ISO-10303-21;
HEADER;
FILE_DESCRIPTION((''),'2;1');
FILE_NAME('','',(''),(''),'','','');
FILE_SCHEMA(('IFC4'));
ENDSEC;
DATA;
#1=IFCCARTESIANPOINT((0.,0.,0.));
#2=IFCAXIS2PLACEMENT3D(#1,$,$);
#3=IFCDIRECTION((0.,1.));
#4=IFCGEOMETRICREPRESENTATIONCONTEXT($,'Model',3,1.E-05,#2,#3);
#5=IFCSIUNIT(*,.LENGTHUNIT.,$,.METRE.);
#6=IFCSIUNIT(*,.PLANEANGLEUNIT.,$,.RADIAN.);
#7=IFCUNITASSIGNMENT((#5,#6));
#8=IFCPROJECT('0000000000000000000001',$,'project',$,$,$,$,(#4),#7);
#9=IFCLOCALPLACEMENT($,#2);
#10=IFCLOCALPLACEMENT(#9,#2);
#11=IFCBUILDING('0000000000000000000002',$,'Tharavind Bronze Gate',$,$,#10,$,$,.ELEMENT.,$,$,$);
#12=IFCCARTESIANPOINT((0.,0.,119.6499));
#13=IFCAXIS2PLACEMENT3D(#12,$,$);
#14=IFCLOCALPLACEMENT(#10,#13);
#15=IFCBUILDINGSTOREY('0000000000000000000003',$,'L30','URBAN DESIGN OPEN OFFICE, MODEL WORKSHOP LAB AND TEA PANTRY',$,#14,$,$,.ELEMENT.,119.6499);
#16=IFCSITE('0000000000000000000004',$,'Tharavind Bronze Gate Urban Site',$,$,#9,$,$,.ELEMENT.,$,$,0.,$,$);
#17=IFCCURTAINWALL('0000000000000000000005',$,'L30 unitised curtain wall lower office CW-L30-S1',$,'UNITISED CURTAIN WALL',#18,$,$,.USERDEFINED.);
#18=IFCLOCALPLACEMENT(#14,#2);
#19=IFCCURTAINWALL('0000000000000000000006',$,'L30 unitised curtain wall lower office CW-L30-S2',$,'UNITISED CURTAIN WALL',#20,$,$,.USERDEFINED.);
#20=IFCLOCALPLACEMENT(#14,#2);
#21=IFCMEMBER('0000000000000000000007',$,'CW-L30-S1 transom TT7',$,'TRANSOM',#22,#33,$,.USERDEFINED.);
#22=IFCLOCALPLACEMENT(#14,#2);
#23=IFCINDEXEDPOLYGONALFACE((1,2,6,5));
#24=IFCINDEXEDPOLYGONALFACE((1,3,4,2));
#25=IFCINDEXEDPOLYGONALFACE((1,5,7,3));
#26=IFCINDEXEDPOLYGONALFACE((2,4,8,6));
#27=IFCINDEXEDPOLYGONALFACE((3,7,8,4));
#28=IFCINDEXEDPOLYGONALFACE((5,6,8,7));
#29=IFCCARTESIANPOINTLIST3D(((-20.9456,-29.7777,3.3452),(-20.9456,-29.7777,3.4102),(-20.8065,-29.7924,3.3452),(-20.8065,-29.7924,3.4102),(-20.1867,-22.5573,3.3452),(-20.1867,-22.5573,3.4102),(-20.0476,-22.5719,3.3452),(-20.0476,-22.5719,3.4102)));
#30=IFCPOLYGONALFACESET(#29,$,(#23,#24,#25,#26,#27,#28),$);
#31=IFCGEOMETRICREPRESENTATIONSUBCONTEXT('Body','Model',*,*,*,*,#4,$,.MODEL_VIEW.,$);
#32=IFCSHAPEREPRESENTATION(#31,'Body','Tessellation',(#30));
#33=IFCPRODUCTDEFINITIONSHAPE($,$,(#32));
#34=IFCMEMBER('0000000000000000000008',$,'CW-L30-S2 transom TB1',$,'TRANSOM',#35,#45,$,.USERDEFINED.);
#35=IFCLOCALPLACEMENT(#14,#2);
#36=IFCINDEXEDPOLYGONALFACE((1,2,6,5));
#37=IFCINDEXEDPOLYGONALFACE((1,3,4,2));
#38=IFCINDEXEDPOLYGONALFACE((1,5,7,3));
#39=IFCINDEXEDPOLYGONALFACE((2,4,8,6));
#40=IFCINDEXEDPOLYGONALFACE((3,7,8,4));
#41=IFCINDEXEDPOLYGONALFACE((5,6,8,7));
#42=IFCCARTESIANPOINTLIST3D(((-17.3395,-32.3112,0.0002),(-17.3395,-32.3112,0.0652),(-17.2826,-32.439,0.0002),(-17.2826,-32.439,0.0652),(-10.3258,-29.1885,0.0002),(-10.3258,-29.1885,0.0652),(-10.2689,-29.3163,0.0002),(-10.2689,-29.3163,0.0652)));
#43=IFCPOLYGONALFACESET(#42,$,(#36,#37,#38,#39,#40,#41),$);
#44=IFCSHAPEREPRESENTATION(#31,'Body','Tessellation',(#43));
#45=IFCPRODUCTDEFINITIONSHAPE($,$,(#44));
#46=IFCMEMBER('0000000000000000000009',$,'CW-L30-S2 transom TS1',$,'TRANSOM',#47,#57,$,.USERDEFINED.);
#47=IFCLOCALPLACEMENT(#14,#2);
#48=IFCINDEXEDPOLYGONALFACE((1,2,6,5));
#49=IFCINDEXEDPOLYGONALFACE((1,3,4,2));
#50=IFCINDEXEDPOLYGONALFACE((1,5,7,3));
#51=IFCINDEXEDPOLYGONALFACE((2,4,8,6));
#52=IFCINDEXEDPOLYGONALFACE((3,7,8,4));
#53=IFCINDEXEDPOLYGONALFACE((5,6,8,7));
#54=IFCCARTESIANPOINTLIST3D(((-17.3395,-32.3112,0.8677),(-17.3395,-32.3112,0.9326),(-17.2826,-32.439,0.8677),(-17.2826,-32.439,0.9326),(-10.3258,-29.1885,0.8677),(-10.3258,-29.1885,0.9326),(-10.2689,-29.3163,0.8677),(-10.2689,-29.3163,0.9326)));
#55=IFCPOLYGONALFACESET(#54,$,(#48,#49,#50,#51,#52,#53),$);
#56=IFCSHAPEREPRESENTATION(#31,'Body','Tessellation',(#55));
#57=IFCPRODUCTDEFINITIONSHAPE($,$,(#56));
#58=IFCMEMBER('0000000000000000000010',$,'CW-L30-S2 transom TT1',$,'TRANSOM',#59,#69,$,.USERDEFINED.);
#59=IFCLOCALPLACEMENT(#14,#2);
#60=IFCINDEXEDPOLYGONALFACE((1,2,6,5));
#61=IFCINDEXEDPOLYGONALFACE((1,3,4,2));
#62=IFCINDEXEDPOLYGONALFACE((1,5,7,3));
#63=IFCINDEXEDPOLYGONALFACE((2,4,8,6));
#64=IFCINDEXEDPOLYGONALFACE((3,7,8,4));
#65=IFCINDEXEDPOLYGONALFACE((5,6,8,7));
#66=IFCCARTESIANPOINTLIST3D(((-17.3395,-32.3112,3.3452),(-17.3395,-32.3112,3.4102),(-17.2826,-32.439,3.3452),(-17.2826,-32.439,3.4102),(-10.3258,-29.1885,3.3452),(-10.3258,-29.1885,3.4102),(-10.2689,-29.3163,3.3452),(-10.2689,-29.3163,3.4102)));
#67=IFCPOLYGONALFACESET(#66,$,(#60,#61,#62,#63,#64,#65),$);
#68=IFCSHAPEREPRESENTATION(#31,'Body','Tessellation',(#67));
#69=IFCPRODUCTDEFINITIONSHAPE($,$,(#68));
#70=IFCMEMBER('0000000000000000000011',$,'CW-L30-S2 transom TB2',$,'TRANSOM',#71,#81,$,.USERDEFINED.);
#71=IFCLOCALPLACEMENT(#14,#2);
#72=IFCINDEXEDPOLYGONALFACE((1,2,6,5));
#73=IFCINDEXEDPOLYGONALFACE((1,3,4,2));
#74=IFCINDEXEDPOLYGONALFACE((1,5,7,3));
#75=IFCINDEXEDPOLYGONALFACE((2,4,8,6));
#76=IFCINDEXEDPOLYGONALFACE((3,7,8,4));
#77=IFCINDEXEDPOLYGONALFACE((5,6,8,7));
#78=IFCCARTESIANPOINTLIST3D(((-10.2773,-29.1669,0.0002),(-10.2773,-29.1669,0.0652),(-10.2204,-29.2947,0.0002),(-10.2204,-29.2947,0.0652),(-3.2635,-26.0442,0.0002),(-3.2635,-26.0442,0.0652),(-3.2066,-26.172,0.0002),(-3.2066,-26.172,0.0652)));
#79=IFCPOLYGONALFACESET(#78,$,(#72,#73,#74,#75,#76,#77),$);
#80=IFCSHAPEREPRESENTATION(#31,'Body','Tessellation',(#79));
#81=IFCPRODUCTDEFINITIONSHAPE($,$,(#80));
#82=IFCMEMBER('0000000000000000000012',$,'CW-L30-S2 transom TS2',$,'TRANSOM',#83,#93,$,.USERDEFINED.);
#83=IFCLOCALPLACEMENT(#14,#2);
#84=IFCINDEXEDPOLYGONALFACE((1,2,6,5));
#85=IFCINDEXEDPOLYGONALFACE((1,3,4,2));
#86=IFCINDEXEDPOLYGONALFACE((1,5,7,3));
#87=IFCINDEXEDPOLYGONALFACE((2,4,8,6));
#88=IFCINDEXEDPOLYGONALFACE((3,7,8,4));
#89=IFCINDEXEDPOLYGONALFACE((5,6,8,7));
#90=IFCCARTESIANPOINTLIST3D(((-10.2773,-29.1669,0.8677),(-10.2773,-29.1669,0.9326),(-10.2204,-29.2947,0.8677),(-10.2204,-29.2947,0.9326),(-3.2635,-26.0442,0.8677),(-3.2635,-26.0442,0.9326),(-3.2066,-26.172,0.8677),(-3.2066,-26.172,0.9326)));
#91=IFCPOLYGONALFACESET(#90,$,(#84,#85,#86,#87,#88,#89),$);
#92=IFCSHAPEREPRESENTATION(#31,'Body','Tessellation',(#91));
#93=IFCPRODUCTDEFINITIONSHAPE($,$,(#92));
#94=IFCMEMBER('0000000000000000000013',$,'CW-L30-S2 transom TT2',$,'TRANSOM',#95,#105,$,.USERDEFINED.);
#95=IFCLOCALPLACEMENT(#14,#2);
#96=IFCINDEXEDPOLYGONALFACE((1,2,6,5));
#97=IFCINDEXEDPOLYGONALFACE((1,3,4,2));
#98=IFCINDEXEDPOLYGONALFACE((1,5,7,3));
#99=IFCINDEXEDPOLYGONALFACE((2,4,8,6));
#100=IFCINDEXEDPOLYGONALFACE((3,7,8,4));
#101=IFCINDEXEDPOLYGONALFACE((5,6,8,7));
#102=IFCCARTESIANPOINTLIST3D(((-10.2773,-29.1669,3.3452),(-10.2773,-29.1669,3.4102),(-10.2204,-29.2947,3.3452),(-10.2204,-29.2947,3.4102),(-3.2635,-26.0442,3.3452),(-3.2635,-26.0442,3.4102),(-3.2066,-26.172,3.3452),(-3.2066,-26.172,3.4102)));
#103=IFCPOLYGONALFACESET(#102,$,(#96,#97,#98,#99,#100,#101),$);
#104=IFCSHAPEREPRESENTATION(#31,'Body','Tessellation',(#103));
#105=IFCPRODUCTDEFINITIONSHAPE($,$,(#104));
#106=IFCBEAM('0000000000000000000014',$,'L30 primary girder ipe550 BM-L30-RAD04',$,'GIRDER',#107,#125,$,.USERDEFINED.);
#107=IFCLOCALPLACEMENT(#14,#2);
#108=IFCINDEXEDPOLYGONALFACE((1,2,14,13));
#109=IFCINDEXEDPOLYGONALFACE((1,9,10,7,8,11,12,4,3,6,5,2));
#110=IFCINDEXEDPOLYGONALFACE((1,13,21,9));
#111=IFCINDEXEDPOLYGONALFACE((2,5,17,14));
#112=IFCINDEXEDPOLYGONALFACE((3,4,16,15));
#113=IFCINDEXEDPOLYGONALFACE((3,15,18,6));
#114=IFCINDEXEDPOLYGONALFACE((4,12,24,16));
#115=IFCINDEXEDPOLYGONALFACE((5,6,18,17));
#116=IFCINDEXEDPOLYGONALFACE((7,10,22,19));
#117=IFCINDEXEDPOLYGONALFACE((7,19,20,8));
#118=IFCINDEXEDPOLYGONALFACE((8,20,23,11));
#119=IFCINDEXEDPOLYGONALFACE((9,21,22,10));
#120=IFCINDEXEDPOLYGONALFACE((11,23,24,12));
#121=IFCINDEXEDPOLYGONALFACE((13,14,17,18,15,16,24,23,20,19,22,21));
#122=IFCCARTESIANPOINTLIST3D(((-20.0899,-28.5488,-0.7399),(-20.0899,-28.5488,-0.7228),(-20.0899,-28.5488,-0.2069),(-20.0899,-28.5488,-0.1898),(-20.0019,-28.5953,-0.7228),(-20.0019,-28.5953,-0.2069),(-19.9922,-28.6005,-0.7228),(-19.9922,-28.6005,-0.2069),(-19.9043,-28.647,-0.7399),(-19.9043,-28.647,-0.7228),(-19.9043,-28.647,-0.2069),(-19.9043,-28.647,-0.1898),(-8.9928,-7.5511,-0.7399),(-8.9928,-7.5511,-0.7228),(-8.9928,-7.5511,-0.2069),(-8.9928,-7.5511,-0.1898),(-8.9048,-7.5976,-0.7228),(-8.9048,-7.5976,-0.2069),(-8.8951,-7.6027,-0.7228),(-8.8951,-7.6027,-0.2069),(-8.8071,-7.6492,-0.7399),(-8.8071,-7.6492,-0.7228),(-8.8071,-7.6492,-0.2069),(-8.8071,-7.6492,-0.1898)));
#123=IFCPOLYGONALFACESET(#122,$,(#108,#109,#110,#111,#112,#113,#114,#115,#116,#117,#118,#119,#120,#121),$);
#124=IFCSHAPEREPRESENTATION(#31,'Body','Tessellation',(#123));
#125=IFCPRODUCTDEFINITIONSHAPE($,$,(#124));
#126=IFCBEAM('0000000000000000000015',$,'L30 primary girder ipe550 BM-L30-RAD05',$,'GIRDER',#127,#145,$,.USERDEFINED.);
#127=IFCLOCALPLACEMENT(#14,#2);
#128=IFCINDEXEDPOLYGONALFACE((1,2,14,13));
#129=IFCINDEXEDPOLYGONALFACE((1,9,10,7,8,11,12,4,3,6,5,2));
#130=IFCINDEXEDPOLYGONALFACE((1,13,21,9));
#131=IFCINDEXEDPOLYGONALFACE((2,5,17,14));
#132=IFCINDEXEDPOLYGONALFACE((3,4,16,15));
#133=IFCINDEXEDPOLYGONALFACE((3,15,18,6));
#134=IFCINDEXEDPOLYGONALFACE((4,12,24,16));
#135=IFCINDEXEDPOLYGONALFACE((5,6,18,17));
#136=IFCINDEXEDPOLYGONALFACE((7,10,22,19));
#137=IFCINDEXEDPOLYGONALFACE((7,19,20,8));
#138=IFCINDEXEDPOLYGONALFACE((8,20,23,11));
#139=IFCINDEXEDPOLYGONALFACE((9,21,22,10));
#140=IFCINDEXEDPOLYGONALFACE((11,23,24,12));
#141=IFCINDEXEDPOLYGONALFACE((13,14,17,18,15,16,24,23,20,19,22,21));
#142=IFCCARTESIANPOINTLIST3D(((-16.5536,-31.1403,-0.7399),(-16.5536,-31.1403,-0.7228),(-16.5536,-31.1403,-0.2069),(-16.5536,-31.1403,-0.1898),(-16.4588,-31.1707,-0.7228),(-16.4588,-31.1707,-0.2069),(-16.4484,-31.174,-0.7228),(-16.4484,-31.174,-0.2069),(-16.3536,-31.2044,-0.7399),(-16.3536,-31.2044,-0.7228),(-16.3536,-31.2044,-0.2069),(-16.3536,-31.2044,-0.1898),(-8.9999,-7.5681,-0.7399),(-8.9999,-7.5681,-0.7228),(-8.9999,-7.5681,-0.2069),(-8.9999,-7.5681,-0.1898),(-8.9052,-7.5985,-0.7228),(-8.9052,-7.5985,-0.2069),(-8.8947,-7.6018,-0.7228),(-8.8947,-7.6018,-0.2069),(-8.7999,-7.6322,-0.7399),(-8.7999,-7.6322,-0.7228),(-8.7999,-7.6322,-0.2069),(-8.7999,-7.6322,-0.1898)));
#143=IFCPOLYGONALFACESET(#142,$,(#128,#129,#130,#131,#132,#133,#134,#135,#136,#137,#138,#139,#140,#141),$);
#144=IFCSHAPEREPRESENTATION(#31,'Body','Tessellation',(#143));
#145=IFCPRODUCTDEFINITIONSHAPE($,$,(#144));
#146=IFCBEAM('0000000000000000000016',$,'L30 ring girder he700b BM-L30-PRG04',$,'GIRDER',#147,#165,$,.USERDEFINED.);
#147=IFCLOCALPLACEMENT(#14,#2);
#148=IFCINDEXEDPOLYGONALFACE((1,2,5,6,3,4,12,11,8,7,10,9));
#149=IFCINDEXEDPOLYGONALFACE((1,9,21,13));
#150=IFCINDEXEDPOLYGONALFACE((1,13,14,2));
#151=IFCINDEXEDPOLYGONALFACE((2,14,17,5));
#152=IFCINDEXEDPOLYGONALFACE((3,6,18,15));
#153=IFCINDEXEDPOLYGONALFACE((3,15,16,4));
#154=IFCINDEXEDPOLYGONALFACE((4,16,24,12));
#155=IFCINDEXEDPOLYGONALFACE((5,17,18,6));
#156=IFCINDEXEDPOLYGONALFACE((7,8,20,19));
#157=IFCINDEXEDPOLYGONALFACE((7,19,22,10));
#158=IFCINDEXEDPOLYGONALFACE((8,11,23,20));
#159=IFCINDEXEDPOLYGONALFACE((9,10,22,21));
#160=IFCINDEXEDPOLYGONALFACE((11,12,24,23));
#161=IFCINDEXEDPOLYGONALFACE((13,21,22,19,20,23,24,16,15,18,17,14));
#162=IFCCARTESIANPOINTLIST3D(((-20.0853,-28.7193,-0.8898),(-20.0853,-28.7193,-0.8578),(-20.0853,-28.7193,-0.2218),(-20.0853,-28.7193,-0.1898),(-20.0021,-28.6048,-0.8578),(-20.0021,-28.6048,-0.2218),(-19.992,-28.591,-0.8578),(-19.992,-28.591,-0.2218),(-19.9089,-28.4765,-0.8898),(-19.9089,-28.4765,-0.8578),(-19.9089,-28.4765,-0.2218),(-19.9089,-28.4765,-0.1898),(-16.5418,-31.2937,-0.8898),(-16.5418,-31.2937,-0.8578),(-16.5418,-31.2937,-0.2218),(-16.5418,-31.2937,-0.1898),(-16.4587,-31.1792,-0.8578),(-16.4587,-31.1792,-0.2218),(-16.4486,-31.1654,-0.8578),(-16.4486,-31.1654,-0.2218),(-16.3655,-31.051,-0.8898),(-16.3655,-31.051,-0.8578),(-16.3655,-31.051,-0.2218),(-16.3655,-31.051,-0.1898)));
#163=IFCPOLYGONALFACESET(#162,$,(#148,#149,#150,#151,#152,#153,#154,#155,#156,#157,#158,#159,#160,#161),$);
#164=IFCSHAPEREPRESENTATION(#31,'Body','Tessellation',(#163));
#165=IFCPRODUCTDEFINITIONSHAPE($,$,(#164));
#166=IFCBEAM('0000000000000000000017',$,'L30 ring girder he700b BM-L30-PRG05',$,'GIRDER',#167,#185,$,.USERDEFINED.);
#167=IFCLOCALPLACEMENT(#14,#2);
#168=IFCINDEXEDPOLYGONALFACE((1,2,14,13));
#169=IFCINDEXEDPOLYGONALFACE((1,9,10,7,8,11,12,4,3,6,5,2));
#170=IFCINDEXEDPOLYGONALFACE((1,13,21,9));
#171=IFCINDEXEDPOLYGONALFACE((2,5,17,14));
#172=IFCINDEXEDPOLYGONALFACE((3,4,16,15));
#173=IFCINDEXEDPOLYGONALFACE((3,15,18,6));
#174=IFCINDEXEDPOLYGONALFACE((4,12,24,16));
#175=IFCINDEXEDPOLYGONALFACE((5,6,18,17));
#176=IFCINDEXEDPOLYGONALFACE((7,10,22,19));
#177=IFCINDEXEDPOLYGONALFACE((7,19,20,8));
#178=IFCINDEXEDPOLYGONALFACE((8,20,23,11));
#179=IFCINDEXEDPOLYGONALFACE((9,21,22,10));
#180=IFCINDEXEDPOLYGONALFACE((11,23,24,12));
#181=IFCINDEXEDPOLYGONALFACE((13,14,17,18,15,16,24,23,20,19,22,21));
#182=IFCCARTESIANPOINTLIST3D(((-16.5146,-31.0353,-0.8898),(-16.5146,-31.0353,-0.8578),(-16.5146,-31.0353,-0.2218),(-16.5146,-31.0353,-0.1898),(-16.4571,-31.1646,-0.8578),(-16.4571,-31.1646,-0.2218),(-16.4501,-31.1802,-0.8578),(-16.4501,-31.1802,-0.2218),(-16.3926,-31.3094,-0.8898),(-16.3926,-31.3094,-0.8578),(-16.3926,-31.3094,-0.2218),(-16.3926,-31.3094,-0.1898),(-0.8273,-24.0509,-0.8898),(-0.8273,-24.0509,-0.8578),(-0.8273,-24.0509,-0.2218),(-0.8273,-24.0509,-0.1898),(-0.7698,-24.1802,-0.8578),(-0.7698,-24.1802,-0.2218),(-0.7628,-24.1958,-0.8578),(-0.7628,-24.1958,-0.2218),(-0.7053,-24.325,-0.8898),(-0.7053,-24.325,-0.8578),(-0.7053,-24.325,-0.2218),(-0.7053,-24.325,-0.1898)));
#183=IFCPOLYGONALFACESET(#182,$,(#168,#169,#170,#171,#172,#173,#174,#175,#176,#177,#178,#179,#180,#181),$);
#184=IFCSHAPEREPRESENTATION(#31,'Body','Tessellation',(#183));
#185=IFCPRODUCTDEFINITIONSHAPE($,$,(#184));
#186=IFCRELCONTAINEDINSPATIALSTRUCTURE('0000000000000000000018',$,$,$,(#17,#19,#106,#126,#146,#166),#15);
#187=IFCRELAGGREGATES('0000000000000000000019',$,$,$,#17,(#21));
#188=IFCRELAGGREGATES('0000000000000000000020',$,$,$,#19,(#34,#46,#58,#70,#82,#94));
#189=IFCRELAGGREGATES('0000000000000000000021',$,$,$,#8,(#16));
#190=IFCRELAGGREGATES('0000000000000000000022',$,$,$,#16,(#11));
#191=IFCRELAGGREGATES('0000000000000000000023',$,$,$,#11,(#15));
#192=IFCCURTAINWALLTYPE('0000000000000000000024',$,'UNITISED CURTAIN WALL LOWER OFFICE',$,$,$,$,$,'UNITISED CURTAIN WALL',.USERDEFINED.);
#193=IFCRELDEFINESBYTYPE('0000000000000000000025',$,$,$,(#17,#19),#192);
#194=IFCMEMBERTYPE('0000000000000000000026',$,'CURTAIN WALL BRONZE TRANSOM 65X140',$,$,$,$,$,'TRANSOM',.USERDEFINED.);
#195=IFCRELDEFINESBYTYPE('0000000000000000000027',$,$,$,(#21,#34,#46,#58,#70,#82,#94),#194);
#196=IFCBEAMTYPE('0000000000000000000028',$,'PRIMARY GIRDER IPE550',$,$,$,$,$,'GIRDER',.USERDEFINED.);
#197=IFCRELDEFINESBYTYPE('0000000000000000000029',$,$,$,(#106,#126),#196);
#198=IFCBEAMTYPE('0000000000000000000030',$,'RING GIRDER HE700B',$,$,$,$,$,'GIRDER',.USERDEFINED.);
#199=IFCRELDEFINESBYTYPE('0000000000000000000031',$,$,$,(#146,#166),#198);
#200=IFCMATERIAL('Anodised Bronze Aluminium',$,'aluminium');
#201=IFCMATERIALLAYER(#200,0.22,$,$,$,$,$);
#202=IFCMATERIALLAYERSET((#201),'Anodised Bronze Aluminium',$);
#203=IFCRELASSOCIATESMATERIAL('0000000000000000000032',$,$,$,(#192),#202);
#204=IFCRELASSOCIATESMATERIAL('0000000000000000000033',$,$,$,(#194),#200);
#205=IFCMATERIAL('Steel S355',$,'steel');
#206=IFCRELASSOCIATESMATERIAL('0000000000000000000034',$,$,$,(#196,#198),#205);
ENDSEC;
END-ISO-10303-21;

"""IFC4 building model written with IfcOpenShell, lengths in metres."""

from ifc_helpers import new_model, si_unit, direction, frame, origin, origin_2d, place, context, subcontext, project, spatial, rectangle, i_section, extrude, material, layer, layer_set, material_profile, profile_set, type_object, element, aggregate, save


model = new_model("IFC4")

# Units and contexts
model_context = context("Model", 3, precision=1e-05, world=origin(), true_north=direction((0.0, 1.0)))
body_context = subcontext(model_context, "Body", "Model", "MODEL_VIEW")
ifc_project = project(units=[si_unit("LENGTHUNIT", "METRE"), si_unit("PLANEANGLEUNIT", "RADIAN")], contexts=[model_context])

# Site, building, storey
site_placement = place(None, origin())
site = spatial("IfcSite", under=ifc_project, at=site_placement, Name="Tharavind Bronze Gate Urban Site", CompositionType="ELEMENT", RefElevation=0.0)
building_placement = place(site_placement, origin())
building = spatial("IfcBuilding", under=site, at=building_placement, Name="Tharavind Bronze Gate", CompositionType="ELEMENT")
storey_placement = place(building_placement, frame((0.0, 0.0, 119.6499)))
storey = spatial("IfcBuildingStorey", under=building, at=storey_placement, Name="L30", Description="URBAN DESIGN OPEN OFFICE, MODEL WORKSHOP LAB AND TEA PANTRY", CompositionType="ELEMENT", Elevation=119.6499)

# Curtain walls
ifc_material_1 = material(Name="Anodised Bronze Aluminium", Category="aluminium")
ifc_layer_1 = layer(ifc_material_1, 0.22)
ifc_layer_set_1 = layer_set([ifc_layer_1], Name="Anodised Bronze Aluminium")
curtain_wall_type = type_object("IfcCurtainWallType", Name="UNITISED CURTAIN WALL LOWER OFFICE", ElementType="UNITISED CURTAIN WALL", PredefinedType="USERDEFINED", material=ifc_layer_set_1)
curtain_wall_1_placement = place(storey_placement, origin())
curtain_wall_1 = element("IfcCurtainWall", 1, at=curtain_wall_1_placement, inside=storey, type_object=curtain_wall_type, Name="L30 unitised curtain wall lower office CW-L30-S1", ObjectType="UNITISED CURTAIN WALL", PredefinedType="USERDEFINED")
curtain_wall_2_placement = place(storey_placement, origin())
curtain_wall_2 = element("IfcCurtainWall", 2, at=curtain_wall_2_placement, inside=storey, type_object=curtain_wall_type, Name="L30 unitised curtain wall lower office CW-L30-S2", ObjectType="UNITISED CURTAIN WALL", PredefinedType="USERDEFINED")

# Members
member_type_1 = type_object("IfcMemberType", Name="CURTAIN WALL BRONZE TRANSOM 65X140", ElementType="TRANSOM", PredefinedType="USERDEFINED", material=ifc_material_1)
member_1_placement = place(storey_placement, frame((-20.4966, -26.1748, 3.3452), z_axis=(0.0, 0.0, 1.0), x_axis=(-0.104527, -0.994522, 0.0)))
member_1 = element("IfcMember", 3, at=member_1_placement, type_object=member_type_1, Name="CW-L30-S1 transom TT7", ObjectType="TRANSOM", PredefinedType="USERDEFINED", context=body_context, shape_type="SweptSolid", body=[
    extrude(rectangle(XDim=7.2603, YDim=0.1399, at=origin_2d()), origin(), (0.0, 0.0, 1.0), 0.0649),
])
member_2_placement = place(storey_placement, frame((-13.8042, -30.8137, 0.0002), z_axis=(0.0, 0.0, 1.0), x_axis=(0.913545, 0.406737, 0.0)))
member_2 = element("IfcMember", 4, at=member_2_placement, type_object=member_type_1, Name="CW-L30-S2 transom TB1", ObjectType="TRANSOM", PredefinedType="USERDEFINED", context=body_context, shape_type="SweptSolid", body=[
    extrude(rectangle(XDim=7.6775, YDim=0.1399, at=origin_2d()), origin(), (0.0, 0.0, 1.0), 0.0649),
])
member_3_placement = place(storey_placement, frame((-13.8042, -30.8137, 0.8677), z_axis=(0.0, 0.0, 1.0), x_axis=(0.913545, 0.406737, 0.0)))
member_3 = element("IfcMember", 5, at=member_3_placement, type_object=member_type_1, Name="CW-L30-S2 transom TS1", ObjectType="TRANSOM", PredefinedType="USERDEFINED", context=body_context, shape_type="SweptSolid", body=[
    extrude(rectangle(XDim=7.6775, YDim=0.1399, at=origin_2d()), origin(), (0.0, 0.0, 1.0), 0.0649),
])
member_4_placement = place(storey_placement, frame((-13.8042, -30.8137, 3.3452), z_axis=(0.0, 0.0, 1.0), x_axis=(0.913545, 0.406737, 0.0)))
member_4 = element("IfcMember", 6, at=member_4_placement, type_object=member_type_1, Name="CW-L30-S2 transom TT1", ObjectType="TRANSOM", PredefinedType="USERDEFINED", context=body_context, shape_type="SweptSolid", body=[
    extrude(rectangle(XDim=7.6775, YDim=0.1399, at=origin_2d()), origin(), (0.0, 0.0, 1.0), 0.0649),
])
member_5_placement = place(storey_placement, frame((-6.7419, -27.6694, 0.0002), z_axis=(0.0, 0.0, 1.0), x_axis=(0.913545, 0.406737, 0.0)))
member_5 = element("IfcMember", 7, at=member_5_placement, type_object=member_type_1, Name="CW-L30-S2 transom TB2", ObjectType="TRANSOM", PredefinedType="USERDEFINED", context=body_context, shape_type="SweptSolid", body=[
    extrude(rectangle(XDim=7.6775, YDim=0.1399, at=origin_2d()), origin(), (0.0, 0.0, 1.0), 0.0649),
])
member_6_placement = place(storey_placement, frame((-6.7419, -27.6694, 0.8677), z_axis=(0.0, 0.0, 1.0), x_axis=(0.913545, 0.406737, 0.0)))
member_6 = element("IfcMember", 8, at=member_6_placement, type_object=member_type_1, Name="CW-L30-S2 transom TS2", ObjectType="TRANSOM", PredefinedType="USERDEFINED", context=body_context, shape_type="SweptSolid", body=[
    extrude(rectangle(XDim=7.6775, YDim=0.1399, at=origin_2d()), origin(), (0.0, 0.0, 1.0), 0.0649),
])
member_7_placement = place(storey_placement, frame((-6.7419, -27.6694, 3.3452), z_axis=(0.0, 0.0, 1.0), x_axis=(0.913545, 0.406737, 0.0)))
member_7 = element("IfcMember", 9, at=member_7_placement, type_object=member_type_1, Name="CW-L30-S2 transom TT2", ObjectType="TRANSOM", PredefinedType="USERDEFINED", context=body_context, shape_type="SweptSolid", body=[
    extrude(rectangle(XDim=7.6775, YDim=0.1399, at=origin_2d()), origin(), (0.0, 0.0, 1.0), 0.0649),
])

# Beams
ifc_material_2 = material(Name="Steel S355", Category="steel")
ifc_material_profile_1 = material_profile(ifc_material_2, i_section(OverallWidth=0.21, OverallDepth=0.55, WebThickness=0.011, FlangeThickness=0.0171, at=origin_2d()), Name="IPE550")
ifc_profile_set_1 = profile_set([ifc_material_profile_1], Name="Steel S355")
beam_type_1 = type_object("IfcBeamType", Name="PRIMARY GIRDER IPE550", ElementType="GIRDER", PredefinedType="USERDEFINED", material=ifc_profile_set_1)
beam_1_placement = place(storey_placement, frame((-19.9971, -28.5979, -0.4648), z_axis=(0.467252, 0.884124, 0.0), x_axis=(-0.884124, 0.467252, 0.0)))
element("IfcBeam", 10, at=beam_1_placement, inside=storey, type_object=beam_type_1, Name="L30 primary girder ipe550 BM-L30-RAD04", ObjectType="GIRDER", PredefinedType="USERDEFINED", context=body_context, shape_type="SweptSolid", body=[
    extrude(i_section(OverallWidth=0.21, OverallDepth=0.55, WebThickness=0.011, FlangeThickness=0.0171, at=origin_2d()), origin(), (0.0, 0.0, 1.0), 23.7498),
])
beam_2_placement = place(storey_placement, frame((-16.4536, -31.1724, -0.4648), z_axis=(0.305164, 0.9523, 0.0), x_axis=(-0.9523, 0.305164, 0.0)))
element("IfcBeam", 11, at=beam_2_placement, inside=storey, type_object=beam_type_1, Name="L30 primary girder ipe550 BM-L30-RAD05", ObjectType="GIRDER", PredefinedType="USERDEFINED", context=body_context, shape_type="SweptSolid", body=[
    extrude(i_section(OverallWidth=0.21, OverallDepth=0.55, WebThickness=0.011, FlangeThickness=0.0171, at=origin_2d()), origin(), (0.0, 0.0, 1.0), 24.7529),
])
ifc_material_profile_2 = material_profile(ifc_material_2, i_section(OverallWidth=0.3, OverallDepth=0.7, WebThickness=0.0171, FlangeThickness=0.032, at=origin_2d()), Name="HE700B")
ifc_profile_set_2 = profile_set([ifc_material_profile_2], Name="Steel S355")
beam_type_2 = type_object("IfcBeamType", Name="RING GIRDER HE700B", ElementType="GIRDER", PredefinedType="USERDEFINED", material=ifc_profile_set_2)
beam_3_placement = place(storey_placement, frame((-19.9971, -28.5979, -0.5398), z_axis=(0.809018, -0.587784, 0.0), x_axis=(0.587784, 0.809018, 0.0)))
element("IfcBeam", 12, at=beam_3_placement, inside=storey, type_object=beam_type_2, Name="L30 ring girder he700b BM-L30-PRG04", ObjectType="GIRDER", PredefinedType="USERDEFINED", context=body_context, shape_type="SweptSolid", body=[
    extrude(i_section(OverallWidth=0.3, OverallDepth=0.7, WebThickness=0.0171, FlangeThickness=0.032, at=origin_2d()), origin(), (0.0, 0.0, 1.0), 4.3799),
])
beam_4_placement = place(storey_placement, frame((-16.4536, -31.1724, -0.5398), z_axis=(0.913546, 0.406735, 0.0), x_axis=(-0.406735, 0.913546, 0.0)))
element("IfcBeam", 13, at=beam_4_placement, inside=storey, type_object=beam_type_2, Name="L30 ring girder he700b BM-L30-PRG05", ObjectType="GIRDER", PredefinedType="USERDEFINED", context=body_context, shape_type="SweptSolid", body=[
    extrude(i_section(OverallWidth=0.3, OverallDepth=0.7, WebThickness=0.0171, FlangeThickness=0.032, at=origin_2d()), origin(), (0.0, 0.0, 1.0), 17.1719),
])

aggregate(curtain_wall_1, [member_1])
aggregate(curtain_wall_2, [member_2, member_3, member_4, member_5, member_6, member_7])

save(model, "model.ifc")
